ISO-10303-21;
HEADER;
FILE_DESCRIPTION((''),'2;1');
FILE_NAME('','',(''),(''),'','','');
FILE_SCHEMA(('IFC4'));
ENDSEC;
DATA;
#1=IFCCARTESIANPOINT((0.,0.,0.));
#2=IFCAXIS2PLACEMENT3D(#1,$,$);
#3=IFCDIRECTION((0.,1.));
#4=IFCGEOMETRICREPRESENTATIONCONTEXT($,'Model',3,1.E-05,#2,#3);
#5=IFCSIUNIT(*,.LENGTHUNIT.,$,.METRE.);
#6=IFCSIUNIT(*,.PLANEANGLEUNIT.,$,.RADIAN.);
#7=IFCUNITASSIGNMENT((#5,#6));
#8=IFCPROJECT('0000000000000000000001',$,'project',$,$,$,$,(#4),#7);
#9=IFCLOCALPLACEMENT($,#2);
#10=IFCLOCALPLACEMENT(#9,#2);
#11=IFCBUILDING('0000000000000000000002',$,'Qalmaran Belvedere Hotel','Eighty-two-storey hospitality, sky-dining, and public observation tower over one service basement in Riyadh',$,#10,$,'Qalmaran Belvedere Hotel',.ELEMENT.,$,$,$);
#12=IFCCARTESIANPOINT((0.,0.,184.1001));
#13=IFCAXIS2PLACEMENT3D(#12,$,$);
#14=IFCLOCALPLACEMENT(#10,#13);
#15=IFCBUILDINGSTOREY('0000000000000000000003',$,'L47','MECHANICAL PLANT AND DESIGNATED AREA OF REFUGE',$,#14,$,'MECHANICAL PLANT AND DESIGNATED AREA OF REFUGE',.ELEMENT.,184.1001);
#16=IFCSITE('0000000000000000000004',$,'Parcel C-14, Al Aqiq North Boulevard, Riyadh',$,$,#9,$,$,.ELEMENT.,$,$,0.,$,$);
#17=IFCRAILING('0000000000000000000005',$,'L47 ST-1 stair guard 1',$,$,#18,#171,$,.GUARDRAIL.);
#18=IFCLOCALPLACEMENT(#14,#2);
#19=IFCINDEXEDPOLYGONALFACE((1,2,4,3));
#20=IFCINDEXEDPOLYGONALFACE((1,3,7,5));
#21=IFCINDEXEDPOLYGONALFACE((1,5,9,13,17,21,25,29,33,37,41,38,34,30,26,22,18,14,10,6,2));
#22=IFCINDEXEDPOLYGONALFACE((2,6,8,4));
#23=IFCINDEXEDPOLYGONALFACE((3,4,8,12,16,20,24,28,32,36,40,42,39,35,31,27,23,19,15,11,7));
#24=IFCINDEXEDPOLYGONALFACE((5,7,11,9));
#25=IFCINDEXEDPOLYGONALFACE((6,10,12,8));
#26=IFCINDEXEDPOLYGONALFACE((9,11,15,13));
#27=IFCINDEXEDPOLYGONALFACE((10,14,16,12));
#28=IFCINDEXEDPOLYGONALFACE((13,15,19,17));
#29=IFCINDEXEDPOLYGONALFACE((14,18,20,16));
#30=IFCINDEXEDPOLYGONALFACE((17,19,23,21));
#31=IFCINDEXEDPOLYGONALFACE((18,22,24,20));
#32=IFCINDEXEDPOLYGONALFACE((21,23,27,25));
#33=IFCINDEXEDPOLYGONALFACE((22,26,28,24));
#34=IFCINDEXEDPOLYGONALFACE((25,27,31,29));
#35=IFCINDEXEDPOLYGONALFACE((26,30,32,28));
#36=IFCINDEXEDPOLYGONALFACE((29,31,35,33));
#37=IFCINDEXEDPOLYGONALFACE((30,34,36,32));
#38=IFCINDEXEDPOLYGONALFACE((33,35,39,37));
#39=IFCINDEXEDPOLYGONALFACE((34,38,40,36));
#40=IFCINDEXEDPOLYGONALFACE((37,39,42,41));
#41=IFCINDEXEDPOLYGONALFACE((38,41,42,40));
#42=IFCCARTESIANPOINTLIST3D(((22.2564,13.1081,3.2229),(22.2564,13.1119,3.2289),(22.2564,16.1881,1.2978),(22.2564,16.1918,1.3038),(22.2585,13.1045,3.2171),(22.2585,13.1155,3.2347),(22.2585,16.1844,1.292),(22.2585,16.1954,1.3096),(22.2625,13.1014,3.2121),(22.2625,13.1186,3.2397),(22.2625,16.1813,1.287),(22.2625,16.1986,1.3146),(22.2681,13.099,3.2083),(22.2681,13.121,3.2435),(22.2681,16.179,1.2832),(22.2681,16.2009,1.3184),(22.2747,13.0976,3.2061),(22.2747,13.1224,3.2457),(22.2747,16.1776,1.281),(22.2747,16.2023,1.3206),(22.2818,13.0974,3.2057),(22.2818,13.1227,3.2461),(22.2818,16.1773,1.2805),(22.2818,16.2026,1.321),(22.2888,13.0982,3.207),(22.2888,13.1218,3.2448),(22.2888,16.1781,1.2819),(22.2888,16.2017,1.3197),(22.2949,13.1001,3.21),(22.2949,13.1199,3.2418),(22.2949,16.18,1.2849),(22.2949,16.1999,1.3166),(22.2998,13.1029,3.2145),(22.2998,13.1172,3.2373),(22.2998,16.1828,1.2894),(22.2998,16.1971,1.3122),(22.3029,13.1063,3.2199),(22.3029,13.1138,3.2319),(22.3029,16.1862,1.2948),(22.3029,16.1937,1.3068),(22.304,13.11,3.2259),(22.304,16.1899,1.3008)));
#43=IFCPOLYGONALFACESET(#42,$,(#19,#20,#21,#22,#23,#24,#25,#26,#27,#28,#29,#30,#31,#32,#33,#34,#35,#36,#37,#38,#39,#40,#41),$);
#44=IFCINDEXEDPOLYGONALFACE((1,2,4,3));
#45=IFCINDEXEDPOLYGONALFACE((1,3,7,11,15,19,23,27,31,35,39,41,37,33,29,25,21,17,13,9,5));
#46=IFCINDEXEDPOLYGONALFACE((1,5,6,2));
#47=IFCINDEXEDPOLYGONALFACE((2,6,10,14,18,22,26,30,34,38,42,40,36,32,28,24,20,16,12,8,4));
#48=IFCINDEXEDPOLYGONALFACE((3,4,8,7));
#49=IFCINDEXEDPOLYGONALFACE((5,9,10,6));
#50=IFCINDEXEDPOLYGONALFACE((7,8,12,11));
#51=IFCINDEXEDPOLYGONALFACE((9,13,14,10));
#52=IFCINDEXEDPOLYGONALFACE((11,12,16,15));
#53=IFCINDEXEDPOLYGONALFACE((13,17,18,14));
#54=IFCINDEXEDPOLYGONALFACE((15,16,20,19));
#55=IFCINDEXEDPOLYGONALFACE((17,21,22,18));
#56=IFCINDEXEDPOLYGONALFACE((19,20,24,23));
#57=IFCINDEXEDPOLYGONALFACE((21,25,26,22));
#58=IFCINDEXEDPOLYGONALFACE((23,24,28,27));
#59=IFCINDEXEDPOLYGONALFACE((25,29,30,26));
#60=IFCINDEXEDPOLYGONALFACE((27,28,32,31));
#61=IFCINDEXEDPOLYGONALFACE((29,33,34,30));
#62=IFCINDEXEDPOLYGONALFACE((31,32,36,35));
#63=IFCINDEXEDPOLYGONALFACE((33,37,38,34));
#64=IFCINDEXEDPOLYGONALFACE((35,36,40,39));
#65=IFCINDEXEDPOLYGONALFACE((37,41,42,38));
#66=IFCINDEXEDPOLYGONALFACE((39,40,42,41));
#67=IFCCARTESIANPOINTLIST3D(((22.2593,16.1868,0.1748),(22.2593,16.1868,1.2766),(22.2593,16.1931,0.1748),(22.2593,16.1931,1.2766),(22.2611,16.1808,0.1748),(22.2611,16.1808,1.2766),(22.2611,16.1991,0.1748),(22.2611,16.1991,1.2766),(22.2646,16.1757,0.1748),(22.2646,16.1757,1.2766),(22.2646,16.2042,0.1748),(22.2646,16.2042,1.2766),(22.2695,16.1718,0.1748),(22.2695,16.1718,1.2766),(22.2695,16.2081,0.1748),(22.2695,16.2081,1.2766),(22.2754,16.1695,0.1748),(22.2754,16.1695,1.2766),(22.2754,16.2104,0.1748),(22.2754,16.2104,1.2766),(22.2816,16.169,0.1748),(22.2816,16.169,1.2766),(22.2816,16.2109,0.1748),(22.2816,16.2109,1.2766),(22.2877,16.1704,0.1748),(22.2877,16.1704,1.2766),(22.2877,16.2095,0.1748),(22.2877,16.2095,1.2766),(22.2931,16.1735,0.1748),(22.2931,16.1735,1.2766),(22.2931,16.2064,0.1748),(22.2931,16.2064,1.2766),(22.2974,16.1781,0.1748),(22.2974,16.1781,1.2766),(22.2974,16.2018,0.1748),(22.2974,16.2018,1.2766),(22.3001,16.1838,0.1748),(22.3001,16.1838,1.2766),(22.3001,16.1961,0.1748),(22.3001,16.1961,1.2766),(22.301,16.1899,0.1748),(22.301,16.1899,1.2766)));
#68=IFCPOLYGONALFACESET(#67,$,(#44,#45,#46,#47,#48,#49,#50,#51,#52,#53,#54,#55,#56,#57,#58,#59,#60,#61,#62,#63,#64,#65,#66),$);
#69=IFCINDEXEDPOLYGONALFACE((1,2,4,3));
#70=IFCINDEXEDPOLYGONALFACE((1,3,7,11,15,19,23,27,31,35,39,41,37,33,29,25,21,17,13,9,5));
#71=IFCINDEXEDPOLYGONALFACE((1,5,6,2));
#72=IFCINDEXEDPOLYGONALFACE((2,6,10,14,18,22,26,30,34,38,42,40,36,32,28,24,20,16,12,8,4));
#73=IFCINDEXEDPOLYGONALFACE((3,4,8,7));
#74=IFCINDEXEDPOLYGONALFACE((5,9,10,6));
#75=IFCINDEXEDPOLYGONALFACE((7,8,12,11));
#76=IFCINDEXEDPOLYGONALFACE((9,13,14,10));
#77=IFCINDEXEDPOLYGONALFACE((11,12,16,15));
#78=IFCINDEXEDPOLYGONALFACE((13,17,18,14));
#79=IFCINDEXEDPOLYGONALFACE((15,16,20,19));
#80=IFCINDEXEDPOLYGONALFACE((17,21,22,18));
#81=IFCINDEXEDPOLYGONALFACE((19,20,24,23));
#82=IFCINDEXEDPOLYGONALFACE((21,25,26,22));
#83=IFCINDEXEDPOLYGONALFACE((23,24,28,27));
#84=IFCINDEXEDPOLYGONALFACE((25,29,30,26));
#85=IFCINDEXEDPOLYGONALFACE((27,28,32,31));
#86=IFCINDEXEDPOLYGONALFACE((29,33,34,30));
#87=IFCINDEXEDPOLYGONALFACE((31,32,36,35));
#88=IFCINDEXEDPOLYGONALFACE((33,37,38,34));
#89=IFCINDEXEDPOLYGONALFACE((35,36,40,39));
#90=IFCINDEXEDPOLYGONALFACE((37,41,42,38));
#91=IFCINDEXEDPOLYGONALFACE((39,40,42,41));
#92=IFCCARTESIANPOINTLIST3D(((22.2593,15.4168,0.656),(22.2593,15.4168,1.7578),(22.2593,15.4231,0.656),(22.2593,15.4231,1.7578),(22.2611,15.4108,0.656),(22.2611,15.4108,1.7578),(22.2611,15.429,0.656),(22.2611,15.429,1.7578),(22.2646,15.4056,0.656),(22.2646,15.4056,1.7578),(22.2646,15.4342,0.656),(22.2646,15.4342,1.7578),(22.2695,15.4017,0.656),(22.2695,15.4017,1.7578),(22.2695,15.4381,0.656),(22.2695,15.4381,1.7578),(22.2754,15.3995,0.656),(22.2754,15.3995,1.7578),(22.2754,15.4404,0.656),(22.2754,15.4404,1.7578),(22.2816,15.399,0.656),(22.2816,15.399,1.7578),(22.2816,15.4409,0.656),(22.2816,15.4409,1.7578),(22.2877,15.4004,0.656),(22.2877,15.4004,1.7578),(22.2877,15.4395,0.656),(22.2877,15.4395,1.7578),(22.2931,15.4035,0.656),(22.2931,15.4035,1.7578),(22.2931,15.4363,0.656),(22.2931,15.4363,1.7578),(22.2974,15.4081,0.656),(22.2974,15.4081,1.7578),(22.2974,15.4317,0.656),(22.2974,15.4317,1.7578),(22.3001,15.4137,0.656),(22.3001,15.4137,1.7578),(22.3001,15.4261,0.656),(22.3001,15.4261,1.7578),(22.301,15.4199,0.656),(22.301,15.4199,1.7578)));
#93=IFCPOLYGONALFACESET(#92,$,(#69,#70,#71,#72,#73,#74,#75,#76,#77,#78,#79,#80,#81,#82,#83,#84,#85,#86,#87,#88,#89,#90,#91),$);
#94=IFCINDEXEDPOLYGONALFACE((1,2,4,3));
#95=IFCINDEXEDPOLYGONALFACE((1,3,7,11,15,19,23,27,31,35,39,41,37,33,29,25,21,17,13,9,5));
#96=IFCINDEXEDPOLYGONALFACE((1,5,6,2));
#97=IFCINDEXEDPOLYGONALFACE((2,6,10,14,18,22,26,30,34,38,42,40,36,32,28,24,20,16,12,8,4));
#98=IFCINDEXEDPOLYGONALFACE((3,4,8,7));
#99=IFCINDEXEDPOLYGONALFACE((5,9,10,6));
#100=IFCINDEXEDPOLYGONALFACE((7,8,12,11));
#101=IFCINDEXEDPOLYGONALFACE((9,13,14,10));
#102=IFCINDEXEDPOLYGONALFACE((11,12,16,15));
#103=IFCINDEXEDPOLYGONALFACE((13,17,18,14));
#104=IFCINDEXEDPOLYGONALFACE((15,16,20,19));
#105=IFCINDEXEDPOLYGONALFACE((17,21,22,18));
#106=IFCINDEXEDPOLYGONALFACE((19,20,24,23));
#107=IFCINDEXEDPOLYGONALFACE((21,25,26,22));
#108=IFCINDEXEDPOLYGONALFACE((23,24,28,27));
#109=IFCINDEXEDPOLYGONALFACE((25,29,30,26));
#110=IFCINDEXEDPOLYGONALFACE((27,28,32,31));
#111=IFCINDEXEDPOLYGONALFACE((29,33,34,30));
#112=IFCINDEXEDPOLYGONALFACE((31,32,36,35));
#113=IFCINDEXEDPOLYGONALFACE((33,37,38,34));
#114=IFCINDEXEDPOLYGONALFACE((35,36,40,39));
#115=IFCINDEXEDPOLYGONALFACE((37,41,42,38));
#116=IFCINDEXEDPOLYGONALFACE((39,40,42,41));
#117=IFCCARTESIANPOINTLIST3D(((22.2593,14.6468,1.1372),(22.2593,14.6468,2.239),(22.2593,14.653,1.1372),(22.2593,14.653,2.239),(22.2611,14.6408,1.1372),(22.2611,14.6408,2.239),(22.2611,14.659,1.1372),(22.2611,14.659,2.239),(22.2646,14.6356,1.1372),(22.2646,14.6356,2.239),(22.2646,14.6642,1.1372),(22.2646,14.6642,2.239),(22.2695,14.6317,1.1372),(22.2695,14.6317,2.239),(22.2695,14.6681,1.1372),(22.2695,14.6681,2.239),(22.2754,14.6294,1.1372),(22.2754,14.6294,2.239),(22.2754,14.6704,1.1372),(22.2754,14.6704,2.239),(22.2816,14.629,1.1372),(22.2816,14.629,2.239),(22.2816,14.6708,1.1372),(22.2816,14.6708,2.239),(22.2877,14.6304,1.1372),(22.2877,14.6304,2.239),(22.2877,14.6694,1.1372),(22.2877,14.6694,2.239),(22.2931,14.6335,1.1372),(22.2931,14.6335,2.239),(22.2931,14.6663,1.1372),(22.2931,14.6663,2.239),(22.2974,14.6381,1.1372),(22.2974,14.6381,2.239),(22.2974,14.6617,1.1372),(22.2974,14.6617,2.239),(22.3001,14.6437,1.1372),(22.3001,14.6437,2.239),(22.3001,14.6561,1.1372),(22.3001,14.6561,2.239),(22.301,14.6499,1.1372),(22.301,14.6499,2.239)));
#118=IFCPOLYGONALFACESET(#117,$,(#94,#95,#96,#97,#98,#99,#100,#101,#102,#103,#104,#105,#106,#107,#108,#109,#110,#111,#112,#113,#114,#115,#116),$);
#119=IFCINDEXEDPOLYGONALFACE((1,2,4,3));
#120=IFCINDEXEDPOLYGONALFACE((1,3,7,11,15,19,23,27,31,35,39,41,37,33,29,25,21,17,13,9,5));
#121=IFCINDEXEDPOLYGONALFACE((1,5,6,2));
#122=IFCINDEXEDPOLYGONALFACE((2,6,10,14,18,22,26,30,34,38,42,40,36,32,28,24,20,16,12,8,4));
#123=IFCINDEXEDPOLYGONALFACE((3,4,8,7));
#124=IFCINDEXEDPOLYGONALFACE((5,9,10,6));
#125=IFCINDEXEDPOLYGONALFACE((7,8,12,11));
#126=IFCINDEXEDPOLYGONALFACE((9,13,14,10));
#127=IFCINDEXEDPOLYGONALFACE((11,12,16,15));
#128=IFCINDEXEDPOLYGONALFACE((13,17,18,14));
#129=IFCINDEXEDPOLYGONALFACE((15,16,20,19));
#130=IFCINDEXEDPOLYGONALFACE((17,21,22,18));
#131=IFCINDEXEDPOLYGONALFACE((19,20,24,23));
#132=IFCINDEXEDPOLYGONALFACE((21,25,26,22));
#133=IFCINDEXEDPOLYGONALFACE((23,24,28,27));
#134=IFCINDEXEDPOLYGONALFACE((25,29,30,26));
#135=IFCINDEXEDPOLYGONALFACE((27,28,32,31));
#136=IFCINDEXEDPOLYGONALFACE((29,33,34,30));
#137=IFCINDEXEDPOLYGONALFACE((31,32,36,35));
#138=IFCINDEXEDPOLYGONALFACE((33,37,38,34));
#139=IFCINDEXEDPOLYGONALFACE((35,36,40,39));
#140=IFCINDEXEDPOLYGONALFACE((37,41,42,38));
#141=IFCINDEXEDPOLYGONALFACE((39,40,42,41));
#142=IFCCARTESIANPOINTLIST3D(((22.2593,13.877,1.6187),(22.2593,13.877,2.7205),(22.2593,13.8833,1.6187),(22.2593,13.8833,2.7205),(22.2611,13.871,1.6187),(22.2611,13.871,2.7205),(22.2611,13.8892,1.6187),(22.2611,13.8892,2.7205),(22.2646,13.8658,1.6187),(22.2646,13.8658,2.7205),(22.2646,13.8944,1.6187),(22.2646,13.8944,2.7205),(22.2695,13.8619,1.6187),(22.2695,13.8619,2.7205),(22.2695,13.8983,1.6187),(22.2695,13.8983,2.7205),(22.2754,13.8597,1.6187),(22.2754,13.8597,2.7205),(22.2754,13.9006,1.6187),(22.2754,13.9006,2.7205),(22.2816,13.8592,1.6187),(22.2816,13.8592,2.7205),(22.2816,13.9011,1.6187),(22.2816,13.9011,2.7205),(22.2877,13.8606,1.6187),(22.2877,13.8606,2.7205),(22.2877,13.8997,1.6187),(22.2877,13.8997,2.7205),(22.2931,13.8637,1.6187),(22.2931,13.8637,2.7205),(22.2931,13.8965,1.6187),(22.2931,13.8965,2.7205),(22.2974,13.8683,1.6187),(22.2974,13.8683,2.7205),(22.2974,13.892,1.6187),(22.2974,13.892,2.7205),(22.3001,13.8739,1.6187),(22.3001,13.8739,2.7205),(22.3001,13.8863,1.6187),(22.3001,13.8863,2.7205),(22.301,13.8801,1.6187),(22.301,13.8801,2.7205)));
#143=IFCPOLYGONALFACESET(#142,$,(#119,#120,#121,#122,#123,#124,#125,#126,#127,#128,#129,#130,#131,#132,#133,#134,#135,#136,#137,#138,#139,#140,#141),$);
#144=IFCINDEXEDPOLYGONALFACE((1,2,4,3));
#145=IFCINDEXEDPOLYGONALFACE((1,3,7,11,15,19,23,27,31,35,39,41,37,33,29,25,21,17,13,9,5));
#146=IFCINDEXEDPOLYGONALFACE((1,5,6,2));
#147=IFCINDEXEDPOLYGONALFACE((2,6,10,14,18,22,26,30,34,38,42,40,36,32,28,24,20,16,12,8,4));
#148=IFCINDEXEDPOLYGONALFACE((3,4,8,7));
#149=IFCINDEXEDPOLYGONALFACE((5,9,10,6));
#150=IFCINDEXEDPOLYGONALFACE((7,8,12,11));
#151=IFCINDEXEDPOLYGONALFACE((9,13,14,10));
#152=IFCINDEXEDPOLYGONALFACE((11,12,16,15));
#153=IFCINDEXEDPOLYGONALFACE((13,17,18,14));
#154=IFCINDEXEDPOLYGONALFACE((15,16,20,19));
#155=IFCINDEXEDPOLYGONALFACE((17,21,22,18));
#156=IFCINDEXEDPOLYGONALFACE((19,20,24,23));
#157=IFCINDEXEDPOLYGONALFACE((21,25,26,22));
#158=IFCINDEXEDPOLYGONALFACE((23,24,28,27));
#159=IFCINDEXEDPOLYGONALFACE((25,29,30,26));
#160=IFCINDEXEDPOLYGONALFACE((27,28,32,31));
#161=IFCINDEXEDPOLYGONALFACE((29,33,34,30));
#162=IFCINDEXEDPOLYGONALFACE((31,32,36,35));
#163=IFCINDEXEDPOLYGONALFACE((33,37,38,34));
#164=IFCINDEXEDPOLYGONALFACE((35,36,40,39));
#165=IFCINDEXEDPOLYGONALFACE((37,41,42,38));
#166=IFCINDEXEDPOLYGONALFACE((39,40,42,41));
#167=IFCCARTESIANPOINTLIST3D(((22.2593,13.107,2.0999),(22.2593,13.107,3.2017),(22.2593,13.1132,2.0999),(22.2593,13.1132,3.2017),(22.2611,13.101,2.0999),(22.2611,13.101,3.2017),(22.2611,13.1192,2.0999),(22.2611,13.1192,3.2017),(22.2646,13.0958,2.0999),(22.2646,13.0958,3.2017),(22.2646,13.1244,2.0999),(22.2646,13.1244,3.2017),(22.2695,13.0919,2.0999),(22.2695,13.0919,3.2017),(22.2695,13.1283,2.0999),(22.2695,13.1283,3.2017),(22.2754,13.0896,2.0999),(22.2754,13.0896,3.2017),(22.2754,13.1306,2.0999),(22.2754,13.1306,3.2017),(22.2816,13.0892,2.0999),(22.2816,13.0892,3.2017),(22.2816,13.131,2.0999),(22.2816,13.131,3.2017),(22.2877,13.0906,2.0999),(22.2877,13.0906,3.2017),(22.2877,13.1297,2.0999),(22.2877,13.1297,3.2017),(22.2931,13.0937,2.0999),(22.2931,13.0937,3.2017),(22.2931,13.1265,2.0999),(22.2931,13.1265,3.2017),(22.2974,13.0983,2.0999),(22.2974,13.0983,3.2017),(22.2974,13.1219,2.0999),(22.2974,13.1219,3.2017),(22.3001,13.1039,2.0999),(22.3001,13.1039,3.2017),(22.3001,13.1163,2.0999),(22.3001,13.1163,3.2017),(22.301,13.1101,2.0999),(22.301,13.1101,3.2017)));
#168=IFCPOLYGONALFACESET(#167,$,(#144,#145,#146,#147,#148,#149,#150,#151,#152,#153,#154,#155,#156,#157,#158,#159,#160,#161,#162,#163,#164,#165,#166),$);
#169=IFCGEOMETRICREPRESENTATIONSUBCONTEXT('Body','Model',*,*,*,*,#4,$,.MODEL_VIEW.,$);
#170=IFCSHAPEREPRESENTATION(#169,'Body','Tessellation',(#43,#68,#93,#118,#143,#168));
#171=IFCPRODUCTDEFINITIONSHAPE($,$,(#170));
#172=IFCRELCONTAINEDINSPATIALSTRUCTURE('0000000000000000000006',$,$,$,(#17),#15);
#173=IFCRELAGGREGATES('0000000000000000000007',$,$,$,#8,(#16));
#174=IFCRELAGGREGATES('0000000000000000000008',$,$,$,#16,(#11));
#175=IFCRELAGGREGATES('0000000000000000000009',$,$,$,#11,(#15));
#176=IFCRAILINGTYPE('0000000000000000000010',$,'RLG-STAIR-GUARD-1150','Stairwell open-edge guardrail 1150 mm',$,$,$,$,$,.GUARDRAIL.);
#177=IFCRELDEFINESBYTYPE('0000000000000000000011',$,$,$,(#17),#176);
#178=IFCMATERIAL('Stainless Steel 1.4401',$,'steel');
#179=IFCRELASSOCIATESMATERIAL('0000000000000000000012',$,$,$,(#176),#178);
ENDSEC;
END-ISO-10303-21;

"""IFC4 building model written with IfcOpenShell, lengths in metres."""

from ifc_helpers import new_model, si_unit, direction, frame, origin, origin_2d, place, context, subcontext, project, spatial, circle, extrude, material, type_object, element, save


model = new_model("IFC4")

# Units and contexts
model_context = context("Model", 3, precision=1e-05, world=origin(), true_north=direction((0.0, 1.0)))
body_context = subcontext(model_context, "Body", "Model", "MODEL_VIEW")
ifc_project = project(units=[si_unit("LENGTHUNIT", "METRE"), si_unit("PLANEANGLEUNIT", "RADIAN")], contexts=[model_context])

# Site, building, storey
site_placement = place(None, origin())
site = spatial("IfcSite", under=ifc_project, at=site_placement, Name="Parcel C-14, Al Aqiq North Boulevard, Riyadh", CompositionType="ELEMENT", RefElevation=0.0)
building_placement = place(site_placement, origin())
building = spatial("IfcBuilding", under=site, at=building_placement, Name="Qalmaran Belvedere Hotel", Description="Eighty-two-storey hospitality, sky-dining, and public observation tower over one service basement in Riyadh", LongName="Qalmaran Belvedere Hotel", CompositionType="ELEMENT")
storey_placement = place(building_placement, frame((0.0, 0.0, 184.1001)))
storey = spatial("IfcBuildingStorey", under=building, at=storey_placement, Name="L47", Description="MECHANICAL PLANT AND DESIGNATED AREA OF REFUGE", LongName="MECHANICAL PLANT AND DESIGNATED AREA OF REFUGE", CompositionType="ELEMENT", Elevation=184.1001)

# Shared definitions
ifc_material_1 = material(Name="Stainless Steel 1.4401", Category="steel")

# Railing
railing_type_1 = type_object("IfcRailingType", Name="RLG-STAIR-GUARD-1150", Description="Stairwell open-edge guardrail 1150 mm", PredefinedType="GUARDRAIL", material=ifc_material_1)
railing_1_placement = place(storey_placement, frame((22.28, 16.1899, 0.1748)))
element("IfcRailing", 1, at=railing_1_placement, inside=storey, type_object=railing_type_1, Name="L47 ST-1 stair guard 1", PredefinedType="GUARDRAIL", context=body_context, shape_type="SweptSolid", body=[
    extrude(circle(Radius=0.0239, at=origin_2d()), frame((0.0, 0.0, 1.126), z_axis=(0.0, -0.847979, 0.530029), x_axis=(1.0, 0.0, 0.0)), (0.0, 0.0, 1.0), 3.6321),
    extrude(circle(Radius=0.021, at=origin_2d()), origin(), (0.0, 0.0, 1.0), 1.1018),
    extrude(circle(Radius=0.021, at=origin_2d()), frame((0.0, -0.77, 0.4812)), (0.0, 0.0, 1.0), 1.1018),
    extrude(circle(Radius=0.021, at=origin_2d()), frame((0.0, -1.54, 0.9624)), (0.0, 0.0, 1.0), 1.1018),
    extrude(circle(Radius=0.021, at=origin_2d()), frame((0.0, -2.3098, 1.4438)), (0.0, 0.0, 1.0), 1.1018),
    extrude(circle(Radius=0.021, at=origin_2d()), frame((0.0, -3.0798, 1.925)), (0.0, 0.0, 1.0), 1.1018),
])

save(model, "model.ifc")
